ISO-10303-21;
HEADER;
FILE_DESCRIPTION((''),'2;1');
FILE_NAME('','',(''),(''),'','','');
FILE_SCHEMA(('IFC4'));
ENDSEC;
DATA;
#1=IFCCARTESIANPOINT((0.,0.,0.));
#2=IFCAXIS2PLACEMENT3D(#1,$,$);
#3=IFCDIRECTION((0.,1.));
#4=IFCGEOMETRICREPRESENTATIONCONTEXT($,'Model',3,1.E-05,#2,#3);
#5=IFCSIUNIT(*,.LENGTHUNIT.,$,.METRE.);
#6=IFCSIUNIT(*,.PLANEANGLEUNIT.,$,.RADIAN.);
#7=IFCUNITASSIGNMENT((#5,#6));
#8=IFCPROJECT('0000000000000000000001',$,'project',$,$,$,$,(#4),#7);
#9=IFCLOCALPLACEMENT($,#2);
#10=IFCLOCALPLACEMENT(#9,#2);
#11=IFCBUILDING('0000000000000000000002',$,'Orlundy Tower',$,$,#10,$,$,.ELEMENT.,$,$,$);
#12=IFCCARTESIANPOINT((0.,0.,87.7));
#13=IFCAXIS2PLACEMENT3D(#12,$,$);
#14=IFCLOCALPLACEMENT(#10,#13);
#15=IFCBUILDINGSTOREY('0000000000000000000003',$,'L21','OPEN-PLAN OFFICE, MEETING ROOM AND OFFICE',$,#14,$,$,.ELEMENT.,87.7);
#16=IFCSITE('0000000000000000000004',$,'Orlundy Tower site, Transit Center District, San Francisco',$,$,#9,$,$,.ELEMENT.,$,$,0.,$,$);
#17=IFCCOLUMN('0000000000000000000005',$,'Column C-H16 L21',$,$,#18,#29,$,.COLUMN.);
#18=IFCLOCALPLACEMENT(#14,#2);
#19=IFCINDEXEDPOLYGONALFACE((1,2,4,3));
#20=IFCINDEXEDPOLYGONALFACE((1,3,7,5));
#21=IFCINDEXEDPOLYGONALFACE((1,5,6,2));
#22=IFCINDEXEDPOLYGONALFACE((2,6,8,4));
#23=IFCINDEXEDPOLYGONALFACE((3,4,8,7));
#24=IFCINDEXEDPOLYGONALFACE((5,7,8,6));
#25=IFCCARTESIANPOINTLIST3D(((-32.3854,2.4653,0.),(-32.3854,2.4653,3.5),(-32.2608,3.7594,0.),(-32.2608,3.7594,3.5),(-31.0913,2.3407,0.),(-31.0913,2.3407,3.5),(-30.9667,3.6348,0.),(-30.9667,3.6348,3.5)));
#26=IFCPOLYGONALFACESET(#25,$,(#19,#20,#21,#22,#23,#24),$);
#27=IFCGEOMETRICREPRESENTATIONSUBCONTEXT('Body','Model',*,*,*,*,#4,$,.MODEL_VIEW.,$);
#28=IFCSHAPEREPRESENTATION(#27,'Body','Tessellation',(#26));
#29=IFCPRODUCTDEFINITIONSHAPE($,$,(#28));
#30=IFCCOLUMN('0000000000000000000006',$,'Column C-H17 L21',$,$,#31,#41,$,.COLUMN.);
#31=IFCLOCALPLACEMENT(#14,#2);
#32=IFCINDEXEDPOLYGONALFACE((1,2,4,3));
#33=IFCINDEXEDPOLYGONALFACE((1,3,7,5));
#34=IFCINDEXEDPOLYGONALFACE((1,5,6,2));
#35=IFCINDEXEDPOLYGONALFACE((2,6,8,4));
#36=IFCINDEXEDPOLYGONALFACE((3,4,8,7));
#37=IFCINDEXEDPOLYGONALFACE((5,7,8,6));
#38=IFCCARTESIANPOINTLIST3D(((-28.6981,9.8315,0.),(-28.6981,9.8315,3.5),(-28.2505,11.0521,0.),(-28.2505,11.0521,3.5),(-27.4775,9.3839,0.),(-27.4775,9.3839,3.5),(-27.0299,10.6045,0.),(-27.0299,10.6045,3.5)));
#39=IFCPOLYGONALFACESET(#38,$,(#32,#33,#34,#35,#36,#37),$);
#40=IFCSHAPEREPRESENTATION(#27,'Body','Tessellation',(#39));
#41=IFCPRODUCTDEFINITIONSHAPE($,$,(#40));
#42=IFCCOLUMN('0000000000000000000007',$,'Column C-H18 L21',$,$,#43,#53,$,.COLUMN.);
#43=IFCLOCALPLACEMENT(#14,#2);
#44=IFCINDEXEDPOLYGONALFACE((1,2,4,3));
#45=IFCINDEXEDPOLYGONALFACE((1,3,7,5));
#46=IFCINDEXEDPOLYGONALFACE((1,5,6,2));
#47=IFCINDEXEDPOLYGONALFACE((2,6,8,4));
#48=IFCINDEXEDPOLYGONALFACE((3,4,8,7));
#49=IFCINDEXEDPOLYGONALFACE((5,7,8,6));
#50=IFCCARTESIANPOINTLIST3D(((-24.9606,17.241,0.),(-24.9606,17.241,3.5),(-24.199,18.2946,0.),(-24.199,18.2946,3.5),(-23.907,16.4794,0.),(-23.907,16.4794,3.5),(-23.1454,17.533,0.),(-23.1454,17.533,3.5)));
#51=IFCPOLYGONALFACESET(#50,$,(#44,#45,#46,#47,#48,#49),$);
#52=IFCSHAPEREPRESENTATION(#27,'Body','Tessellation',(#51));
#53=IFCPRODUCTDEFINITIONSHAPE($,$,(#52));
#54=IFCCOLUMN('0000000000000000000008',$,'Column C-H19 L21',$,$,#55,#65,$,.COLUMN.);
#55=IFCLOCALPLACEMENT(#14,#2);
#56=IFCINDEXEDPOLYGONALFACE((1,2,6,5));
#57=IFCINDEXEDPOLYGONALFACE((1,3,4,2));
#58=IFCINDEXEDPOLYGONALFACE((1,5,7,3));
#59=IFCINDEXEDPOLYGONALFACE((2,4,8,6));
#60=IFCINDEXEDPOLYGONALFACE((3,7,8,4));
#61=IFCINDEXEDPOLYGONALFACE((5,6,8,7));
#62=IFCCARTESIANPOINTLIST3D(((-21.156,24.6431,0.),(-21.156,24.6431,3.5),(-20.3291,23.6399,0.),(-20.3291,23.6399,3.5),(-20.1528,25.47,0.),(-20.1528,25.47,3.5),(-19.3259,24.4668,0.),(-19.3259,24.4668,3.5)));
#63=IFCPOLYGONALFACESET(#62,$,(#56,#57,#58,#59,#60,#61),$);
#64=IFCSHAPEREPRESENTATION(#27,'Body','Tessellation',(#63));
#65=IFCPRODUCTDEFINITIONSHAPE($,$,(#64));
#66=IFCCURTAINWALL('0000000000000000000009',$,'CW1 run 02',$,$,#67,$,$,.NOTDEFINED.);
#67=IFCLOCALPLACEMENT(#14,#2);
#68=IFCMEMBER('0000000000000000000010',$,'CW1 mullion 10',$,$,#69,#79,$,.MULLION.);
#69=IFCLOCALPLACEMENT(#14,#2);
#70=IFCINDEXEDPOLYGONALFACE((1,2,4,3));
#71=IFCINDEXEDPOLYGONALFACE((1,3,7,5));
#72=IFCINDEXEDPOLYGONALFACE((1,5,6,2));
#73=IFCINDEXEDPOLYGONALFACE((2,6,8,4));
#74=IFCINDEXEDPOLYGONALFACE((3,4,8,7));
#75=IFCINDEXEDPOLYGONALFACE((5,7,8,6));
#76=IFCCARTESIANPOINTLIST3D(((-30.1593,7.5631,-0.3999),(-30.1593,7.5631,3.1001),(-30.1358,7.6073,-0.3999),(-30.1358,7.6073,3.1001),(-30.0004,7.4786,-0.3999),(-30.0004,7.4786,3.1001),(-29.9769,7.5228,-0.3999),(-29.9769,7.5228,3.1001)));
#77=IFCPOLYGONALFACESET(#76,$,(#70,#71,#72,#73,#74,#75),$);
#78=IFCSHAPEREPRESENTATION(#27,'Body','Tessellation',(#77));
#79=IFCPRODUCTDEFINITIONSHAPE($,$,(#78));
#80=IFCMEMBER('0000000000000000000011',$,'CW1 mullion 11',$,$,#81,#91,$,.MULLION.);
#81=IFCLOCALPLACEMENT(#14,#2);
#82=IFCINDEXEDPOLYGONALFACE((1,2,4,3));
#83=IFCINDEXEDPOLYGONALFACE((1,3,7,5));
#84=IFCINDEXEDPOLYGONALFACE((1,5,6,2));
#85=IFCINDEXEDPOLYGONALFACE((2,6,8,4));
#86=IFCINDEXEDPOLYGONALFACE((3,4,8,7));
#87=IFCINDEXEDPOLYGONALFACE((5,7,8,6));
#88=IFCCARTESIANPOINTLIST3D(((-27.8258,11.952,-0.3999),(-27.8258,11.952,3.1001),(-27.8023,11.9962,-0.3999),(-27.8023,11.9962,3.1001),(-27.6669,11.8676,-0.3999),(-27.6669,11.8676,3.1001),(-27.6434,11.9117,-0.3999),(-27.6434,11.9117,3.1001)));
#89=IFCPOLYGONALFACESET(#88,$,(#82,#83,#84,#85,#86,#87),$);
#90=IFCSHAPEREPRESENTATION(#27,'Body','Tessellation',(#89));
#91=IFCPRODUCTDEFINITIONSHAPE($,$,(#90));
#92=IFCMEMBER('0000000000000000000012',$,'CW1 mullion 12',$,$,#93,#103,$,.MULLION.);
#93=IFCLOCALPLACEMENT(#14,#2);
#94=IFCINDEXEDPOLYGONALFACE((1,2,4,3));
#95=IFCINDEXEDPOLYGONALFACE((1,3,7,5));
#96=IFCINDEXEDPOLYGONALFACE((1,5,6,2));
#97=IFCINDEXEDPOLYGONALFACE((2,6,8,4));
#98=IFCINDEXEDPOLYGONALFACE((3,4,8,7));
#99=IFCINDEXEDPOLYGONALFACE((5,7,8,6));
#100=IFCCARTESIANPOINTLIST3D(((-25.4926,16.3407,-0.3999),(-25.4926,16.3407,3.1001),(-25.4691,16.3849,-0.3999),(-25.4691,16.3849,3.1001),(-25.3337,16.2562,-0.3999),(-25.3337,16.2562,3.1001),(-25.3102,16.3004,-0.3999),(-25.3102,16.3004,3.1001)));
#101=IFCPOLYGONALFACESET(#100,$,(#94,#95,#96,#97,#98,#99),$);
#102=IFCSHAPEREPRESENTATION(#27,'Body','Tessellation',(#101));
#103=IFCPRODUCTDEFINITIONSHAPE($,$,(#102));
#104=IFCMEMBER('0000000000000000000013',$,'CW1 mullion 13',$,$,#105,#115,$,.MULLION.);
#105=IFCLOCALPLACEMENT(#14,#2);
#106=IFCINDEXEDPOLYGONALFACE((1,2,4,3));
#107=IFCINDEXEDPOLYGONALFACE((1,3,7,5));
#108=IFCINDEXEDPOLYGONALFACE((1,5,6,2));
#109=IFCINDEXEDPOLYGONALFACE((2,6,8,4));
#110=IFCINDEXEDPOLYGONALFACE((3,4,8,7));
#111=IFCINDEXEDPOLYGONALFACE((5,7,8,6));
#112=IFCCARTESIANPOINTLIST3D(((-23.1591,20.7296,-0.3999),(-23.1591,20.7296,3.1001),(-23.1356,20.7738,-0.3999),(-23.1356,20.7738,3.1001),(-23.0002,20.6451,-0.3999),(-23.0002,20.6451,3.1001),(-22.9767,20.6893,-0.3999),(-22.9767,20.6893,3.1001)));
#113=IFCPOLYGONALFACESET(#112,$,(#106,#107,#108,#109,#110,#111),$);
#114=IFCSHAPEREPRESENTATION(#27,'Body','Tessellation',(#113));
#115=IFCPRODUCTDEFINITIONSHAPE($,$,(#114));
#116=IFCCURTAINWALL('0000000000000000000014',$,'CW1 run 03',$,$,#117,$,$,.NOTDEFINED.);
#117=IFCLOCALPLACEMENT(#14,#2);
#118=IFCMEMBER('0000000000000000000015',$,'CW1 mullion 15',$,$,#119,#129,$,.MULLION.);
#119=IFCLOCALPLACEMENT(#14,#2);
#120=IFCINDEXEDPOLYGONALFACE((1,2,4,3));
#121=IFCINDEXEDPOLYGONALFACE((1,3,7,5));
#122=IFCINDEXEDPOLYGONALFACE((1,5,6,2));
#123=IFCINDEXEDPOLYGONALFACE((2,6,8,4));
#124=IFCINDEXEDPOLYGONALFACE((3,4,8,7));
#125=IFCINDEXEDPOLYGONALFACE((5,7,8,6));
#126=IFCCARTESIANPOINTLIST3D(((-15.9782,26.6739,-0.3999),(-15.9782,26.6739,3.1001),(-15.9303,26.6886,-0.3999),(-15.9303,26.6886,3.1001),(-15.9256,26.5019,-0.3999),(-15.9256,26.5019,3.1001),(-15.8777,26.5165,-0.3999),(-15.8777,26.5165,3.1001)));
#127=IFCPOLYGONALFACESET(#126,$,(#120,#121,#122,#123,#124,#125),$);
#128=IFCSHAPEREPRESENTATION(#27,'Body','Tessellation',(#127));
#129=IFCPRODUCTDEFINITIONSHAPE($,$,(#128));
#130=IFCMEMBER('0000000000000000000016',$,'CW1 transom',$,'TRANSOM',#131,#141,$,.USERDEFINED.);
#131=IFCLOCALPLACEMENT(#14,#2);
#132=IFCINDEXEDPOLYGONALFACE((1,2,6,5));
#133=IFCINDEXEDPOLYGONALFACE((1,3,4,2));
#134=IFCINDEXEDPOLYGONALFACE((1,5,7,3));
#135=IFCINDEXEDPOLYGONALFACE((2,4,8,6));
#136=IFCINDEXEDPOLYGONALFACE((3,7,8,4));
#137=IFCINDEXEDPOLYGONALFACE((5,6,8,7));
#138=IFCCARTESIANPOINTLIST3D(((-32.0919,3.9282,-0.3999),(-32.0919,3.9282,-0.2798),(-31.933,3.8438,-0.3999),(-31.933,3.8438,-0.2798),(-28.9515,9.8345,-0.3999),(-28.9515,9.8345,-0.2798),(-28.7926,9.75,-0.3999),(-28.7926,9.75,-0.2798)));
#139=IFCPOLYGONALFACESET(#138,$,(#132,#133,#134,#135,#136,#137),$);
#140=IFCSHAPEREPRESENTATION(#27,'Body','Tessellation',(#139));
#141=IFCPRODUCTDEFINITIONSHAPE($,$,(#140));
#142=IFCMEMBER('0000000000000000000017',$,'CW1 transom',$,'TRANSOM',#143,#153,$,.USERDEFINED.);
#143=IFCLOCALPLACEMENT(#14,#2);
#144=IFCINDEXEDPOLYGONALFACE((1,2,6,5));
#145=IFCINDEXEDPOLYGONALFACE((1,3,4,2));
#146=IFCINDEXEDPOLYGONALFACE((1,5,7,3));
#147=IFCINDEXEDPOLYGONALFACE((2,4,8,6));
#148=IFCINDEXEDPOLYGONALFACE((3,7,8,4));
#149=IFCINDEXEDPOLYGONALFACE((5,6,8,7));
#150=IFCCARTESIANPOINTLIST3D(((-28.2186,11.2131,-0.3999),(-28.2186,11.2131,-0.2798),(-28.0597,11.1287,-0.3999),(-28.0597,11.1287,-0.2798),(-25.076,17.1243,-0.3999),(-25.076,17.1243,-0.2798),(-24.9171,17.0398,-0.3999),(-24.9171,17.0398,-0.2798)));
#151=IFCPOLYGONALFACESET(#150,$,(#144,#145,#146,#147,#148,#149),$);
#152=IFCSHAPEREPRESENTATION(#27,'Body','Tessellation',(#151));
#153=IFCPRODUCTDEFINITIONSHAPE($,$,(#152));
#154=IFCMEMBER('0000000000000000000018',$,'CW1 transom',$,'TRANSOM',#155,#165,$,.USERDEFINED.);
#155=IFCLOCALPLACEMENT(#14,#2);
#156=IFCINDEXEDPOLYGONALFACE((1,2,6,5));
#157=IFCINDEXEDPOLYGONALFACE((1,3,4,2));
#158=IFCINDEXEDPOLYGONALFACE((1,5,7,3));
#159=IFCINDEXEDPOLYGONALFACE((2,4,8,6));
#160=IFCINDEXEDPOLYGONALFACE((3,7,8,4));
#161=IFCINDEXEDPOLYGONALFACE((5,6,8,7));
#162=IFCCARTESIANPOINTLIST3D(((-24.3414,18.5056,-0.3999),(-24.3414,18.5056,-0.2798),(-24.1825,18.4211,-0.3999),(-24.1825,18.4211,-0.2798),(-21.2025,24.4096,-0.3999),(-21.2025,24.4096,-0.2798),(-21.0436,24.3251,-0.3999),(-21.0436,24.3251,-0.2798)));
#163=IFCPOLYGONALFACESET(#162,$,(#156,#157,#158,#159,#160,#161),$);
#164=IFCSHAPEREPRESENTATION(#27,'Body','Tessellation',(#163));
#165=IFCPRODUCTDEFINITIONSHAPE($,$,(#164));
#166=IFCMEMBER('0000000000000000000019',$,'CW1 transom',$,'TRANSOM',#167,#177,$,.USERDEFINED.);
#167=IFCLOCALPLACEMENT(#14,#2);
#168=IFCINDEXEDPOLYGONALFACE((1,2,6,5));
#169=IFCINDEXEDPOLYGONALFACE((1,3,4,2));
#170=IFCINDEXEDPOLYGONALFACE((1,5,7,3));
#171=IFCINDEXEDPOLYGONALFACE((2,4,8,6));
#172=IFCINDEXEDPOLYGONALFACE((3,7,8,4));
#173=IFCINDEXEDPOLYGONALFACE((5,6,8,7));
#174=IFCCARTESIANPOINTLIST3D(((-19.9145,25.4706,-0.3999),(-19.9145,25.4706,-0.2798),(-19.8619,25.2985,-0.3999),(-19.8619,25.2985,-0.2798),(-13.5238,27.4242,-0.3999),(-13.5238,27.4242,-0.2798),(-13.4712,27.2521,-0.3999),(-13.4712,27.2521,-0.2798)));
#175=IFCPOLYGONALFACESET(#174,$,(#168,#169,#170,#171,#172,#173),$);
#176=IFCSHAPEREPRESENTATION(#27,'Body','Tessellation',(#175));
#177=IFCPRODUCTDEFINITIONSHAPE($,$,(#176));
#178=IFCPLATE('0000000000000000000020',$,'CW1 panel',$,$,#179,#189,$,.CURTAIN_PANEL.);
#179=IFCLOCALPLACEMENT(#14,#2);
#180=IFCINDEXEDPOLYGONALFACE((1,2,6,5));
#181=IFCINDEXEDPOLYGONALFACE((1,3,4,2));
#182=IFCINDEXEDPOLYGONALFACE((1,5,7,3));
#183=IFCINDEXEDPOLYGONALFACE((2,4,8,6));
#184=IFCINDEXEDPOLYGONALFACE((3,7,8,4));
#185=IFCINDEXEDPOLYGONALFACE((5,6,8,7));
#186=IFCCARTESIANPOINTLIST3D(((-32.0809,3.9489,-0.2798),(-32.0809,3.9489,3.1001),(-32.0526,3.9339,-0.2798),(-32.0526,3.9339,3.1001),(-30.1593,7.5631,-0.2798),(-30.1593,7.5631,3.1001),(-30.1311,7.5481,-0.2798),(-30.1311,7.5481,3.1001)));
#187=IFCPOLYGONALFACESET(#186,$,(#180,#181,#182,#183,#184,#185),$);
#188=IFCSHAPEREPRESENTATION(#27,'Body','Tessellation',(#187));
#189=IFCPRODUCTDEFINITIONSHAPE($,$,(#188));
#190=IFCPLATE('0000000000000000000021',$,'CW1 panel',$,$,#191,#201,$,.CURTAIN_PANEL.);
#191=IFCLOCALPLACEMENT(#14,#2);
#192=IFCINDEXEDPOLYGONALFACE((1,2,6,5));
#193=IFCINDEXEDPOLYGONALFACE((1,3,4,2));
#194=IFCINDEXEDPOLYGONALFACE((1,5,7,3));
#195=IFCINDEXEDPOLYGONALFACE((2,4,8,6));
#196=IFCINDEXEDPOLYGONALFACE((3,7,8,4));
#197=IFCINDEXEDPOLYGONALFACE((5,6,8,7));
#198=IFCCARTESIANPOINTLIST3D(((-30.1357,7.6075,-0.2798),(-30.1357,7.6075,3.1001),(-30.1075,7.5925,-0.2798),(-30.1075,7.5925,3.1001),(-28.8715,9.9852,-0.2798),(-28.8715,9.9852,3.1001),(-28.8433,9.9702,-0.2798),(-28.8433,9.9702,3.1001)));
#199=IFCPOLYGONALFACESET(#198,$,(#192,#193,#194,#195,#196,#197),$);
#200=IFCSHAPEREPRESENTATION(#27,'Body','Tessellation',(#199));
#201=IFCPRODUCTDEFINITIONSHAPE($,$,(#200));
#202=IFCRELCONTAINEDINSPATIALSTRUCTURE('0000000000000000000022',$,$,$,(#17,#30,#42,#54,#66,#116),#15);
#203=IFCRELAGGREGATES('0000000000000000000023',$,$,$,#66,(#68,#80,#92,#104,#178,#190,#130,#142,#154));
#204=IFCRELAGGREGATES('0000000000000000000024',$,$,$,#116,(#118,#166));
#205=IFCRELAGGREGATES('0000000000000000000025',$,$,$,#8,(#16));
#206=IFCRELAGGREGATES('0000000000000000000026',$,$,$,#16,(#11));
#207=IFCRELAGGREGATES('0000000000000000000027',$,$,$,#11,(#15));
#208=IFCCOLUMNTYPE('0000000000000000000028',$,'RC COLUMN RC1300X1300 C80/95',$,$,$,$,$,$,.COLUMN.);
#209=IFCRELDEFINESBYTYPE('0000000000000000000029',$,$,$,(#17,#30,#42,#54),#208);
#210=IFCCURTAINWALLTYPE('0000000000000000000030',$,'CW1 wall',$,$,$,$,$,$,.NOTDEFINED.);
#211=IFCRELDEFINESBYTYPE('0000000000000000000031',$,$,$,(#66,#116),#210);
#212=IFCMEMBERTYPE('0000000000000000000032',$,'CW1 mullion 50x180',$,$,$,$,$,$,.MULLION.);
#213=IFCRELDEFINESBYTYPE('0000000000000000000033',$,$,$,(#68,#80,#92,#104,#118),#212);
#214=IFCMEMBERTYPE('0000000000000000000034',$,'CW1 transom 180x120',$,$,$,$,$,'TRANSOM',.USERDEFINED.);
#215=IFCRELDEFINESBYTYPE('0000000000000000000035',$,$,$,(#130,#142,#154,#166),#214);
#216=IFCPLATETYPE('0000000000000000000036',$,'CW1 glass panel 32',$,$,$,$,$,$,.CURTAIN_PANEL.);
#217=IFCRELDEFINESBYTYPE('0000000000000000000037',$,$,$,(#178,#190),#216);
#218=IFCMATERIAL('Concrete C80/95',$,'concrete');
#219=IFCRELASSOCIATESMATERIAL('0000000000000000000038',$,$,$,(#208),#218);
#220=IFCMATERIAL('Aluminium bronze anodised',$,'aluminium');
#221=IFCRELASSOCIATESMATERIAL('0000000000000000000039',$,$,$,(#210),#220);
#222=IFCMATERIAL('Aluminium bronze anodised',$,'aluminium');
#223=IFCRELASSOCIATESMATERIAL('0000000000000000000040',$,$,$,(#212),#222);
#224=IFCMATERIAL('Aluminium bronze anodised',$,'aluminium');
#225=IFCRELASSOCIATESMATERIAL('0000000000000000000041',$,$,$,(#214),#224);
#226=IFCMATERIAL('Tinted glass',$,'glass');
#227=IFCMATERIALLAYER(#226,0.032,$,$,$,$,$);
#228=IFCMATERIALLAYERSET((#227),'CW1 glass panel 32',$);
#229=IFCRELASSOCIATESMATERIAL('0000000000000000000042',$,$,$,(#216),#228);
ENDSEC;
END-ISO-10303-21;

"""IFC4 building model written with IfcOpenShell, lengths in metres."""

from ifc_helpers import new_model, si_unit, direction, frame, origin, origin_2d, place, context, subcontext, project, spatial, rectangle, extrude, material, layer, layer_set, material_profile, profile_set, type_object, element, aggregate, save


model = new_model("IFC4")

# Units and contexts
model_context = context("Model", 3, precision=1e-05, world=origin(), true_north=direction((0.0, 1.0)))
body_context = subcontext(model_context, "Body", "Model", "MODEL_VIEW")
ifc_project = project(units=[si_unit("LENGTHUNIT", "METRE"), si_unit("PLANEANGLEUNIT", "RADIAN")], contexts=[model_context])

# Site, building, storey
site_placement = place(None, origin())
site = spatial("IfcSite", under=ifc_project, at=site_placement, Name="Orlundy Tower site, Transit Center District, San Francisco", CompositionType="ELEMENT", RefElevation=0.0)
building_placement = place(site_placement, origin())
building = spatial("IfcBuilding", under=site, at=building_placement, Name="Orlundy Tower", CompositionType="ELEMENT")
storey_placement = place(building_placement, frame((0.0, 0.0, 87.7)))
storey = spatial("IfcBuildingStorey", under=building, at=storey_placement, Name="L21", Description="OPEN-PLAN OFFICE, MEETING ROOM AND OFFICE", CompositionType="ELEMENT", Elevation=87.7)

# Columns
ifc_material_1 = material(Name="Concrete C80/95", Category="concrete")
ifc_material_profile_1 = material_profile(ifc_material_1, rectangle(XDim=1.3, YDim=1.3, at=origin_2d()), Name="RC1300X1300")
ifc_profile_set_1 = profile_set([ifc_material_profile_1], Name="Concrete C80/95")
column_type = type_object("IfcColumnType", Name="RC COLUMN RC1300X1300 C80/95", PredefinedType="COLUMN", material=ifc_profile_set_1)
for number, where, z_axis, x_axis, name in (
    (1, (-31.676, 3.05, 0.0), (0.0, 0.0, 1.0), (-0.995396, 0.095846, 0.0), "Column C-H16 L21"),
    (2, (-27.864, 10.218, 0.0), (0.0, 0.0, 1.0), (-0.938866, 0.344282, 0.0), "Column C-H17 L21"),
    (3, (-24.053, 17.387, 0.0), (0.0, 0.0, 1.0), (-0.81043, 0.585835, 0.0), "Column C-H18 L21"),
    (4, (-20.241, 24.5549, 0.0), (0.0, 0.0, 1.0), (-0.636065, 0.771636, 0.0), "Column C-H19 L21"),
):
    element("IfcColumn", number, at=place(storey_placement, frame(where, z_axis=z_axis, x_axis=x_axis)), inside=storey, type_object=column_type, Name=name, PredefinedType="COLUMN", context=body_context, shape_type="SweptSolid", body=[
        extrude(rectangle(XDim=1.3, YDim=1.3, at=origin_2d()), origin(), (0.0, 0.0, 1.0), 3.5),
    ])

# Curtain wall, members
ifc_material_2 = material(Name="Aluminium bronze anodised", Category="aluminium")
curtain_wall_type = type_object("IfcCurtainWallType", Name="CW1 wall", PredefinedType="NOTDEFINED", material=ifc_material_2)
curtain_wall_1_placement = place(storey_placement, origin())
curtain_wall_1 = element("IfcCurtainWall", 5, at=curtain_wall_1_placement, inside=storey, type_object=curtain_wall_type, Name="CW1 run 02", PredefinedType="NOTDEFINED")
ifc_material_3 = material(Name="Aluminium bronze anodised", Category="aluminium")
ifc_material_profile_2 = material_profile(ifc_material_3, rectangle(XDim=0.1799, YDim=0.05, at=origin_2d()), Name="CW1 mullion 50x180")
ifc_profile_set_2 = profile_set([ifc_material_profile_2], Name="Aluminium bronze anodised")
member_type_1 = type_object("IfcMemberType", Name="CW1 mullion 50x180", PredefinedType="MULLION", material=ifc_profile_set_2)
member_1_placement = place(storey_placement, frame((-30.0681, 7.543, -0.3999), z_axis=(0.0, 0.0, 1.0), x_axis=(-0.882961, 0.469445, 0.0)))
member_1 = element("IfcMember", 6, at=member_1_placement, type_object=member_type_1, Name="CW1 mullion 10", PredefinedType="MULLION", context=body_context, shape_type="SweptSolid", body=[
    extrude(rectangle(XDim=0.1799, YDim=0.05, at=origin_2d()), origin(), (0.0, 0.0, 1.0), 3.5),
])
member_2_placement = place(storey_placement, frame((-27.7346, 11.9319, -0.3999), z_axis=(0.0, 0.0, 1.0), x_axis=(-0.882961, 0.469445, 0.0)))
member_2 = element("IfcMember", 7, at=member_2_placement, type_object=member_type_1, Name="CW1 mullion 11", PredefinedType="MULLION", context=body_context, shape_type="SweptSolid", body=[
    extrude(rectangle(XDim=0.1799, YDim=0.05, at=origin_2d()), origin(), (0.0, 0.0, 1.0), 3.5),
])
member_3_placement = place(storey_placement, frame((-25.4014, 16.3206, -0.3999), z_axis=(0.0, 0.0, 1.0), x_axis=(-0.882961, 0.469445, 0.0)))
member_3 = element("IfcMember", 8, at=member_3_placement, type_object=member_type_1, Name="CW1 mullion 12", PredefinedType="MULLION", context=body_context, shape_type="SweptSolid", body=[
    extrude(rectangle(XDim=0.1799, YDim=0.05, at=origin_2d()), origin(), (0.0, 0.0, 1.0), 3.5),
])
member_4_placement = place(storey_placement, frame((-23.0679, 20.7095, -0.3999), z_axis=(0.0, 0.0, 1.0), x_axis=(-0.882961, 0.469445, 0.0)))
member_4 = element("IfcMember", 9, at=member_4_placement, type_object=member_type_1, Name="CW1 mullion 13", PredefinedType="MULLION", context=body_context, shape_type="SweptSolid", body=[
    extrude(rectangle(XDim=0.1799, YDim=0.05, at=origin_2d()), origin(), (0.0, 0.0, 1.0), 3.5),
])

# Curtain wall, member
curtain_wall_2_placement = place(storey_placement, origin())
curtain_wall_2 = element("IfcCurtainWall", 10, at=curtain_wall_2_placement, inside=storey, type_object=curtain_wall_type, Name="CW1 run 03", PredefinedType="NOTDEFINED")
member_5_placement = place(storey_placement, frame((-15.928, 26.5952, -0.3999), z_axis=(0.0, 0.0, 1.0), x_axis=(-0.292361, 0.956308, 0.0)))
member_5 = element("IfcMember", 11, at=member_5_placement, type_object=member_type_1, Name="CW1 mullion 15", PredefinedType="MULLION", context=body_context, shape_type="SweptSolid", body=[
    extrude(rectangle(XDim=0.1799, YDim=0.05, at=origin_2d()), origin(), (0.0, 0.0, 1.0), 3.5),
])

# Members
ifc_material_4 = material(Name="Aluminium bronze anodised", Category="aluminium")
ifc_material_profile_3 = material_profile(ifc_material_4, rectangle(XDim=0.1799, YDim=0.1201, at=origin_2d()), Name="CW1 transom 180x120")
ifc_profile_set_3 = profile_set([ifc_material_profile_3], Name="Aluminium bronze anodised")
member_type_2 = type_object("IfcMemberType", Name="CW1 transom 180x120", ElementType="TRANSOM", PredefinedType="USERDEFINED", material=ifc_profile_set_3)
member_6_placement = place(storey_placement, frame((-32.0125, 3.886, -0.3398), z_axis=(0.469468, 0.882949, 0.0), x_axis=(-0.882949, 0.469468, 0.0)))
member_6 = element("IfcMember", 12, at=member_6_placement, type_object=member_type_2, Name="CW1 transom", ObjectType="TRANSOM", PredefinedType="USERDEFINED", context=body_context, shape_type="SweptSolid", body=[
    extrude(rectangle(XDim=0.1799, YDim=0.1201, at=origin_2d()), origin(), (0.0, 0.0, 1.0), 6.6892),
])
member_7_placement = place(storey_placement, frame((-28.1392, 11.1709, -0.3398), z_axis=(0.469422, 0.882974, 0.0), x_axis=(-0.882974, 0.469422, 0.0)))
member_7 = element("IfcMember", 13, at=member_7_placement, type_object=member_type_2, Name="CW1 transom", ObjectType="TRANSOM", PredefinedType="USERDEFINED", context=body_context, shape_type="SweptSolid", body=[
    extrude(rectangle(XDim=0.1799, YDim=0.1201, at=origin_2d()), origin(), (0.0, 0.0, 1.0), 6.6946),
])
member_8_placement = place(storey_placement, frame((-24.262, 18.4634, -0.3398), z_axis=(0.469434, 0.882968, 0.0), x_axis=(-0.882968, 0.469434, 0.0)))
member_8 = element("IfcMember", 14, at=member_8_placement, type_object=member_type_2, Name="CW1 transom", ObjectType="TRANSOM", PredefinedType="USERDEFINED", context=body_context, shape_type="SweptSolid", body=[
    extrude(rectangle(XDim=0.1799, YDim=0.1201, at=origin_2d()), origin(), (0.0, 0.0, 1.0), 6.6865),
])
member_9_placement = place(storey_placement, frame((-19.8882, 25.3845, -0.3398), z_axis=(0.956313, 0.292345, 0.0), x_axis=(-0.292345, 0.956313, 0.0)))
member_9 = element("IfcMember", 15, at=member_9_placement, type_object=member_type_2, Name="CW1 transom", ObjectType="TRANSOM", PredefinedType="USERDEFINED", context=body_context, shape_type="SweptSolid", body=[
    extrude(rectangle(XDim=0.1799, YDim=0.1201, at=origin_2d()), origin(), (0.0, 0.0, 1.0), 6.6826),
])

# Plates
ifc_material_5 = material(Name="Tinted glass", Category="glass")
ifc_layer_1 = layer(ifc_material_5, 0.032)
ifc_layer_set_1 = layer_set([ifc_layer_1], Name="CW1 glass panel 32")
plate_type = type_object("IfcPlateType", Name="CW1 glass panel 32", PredefinedType="CURTAIN_PANEL", material=ifc_layer_set_1)
plate_1_placement = place(storey_placement, frame((-31.106, 5.7485, -0.2798), z_axis=(0.0, 0.0, 1.0), x_axis=(0.469445, 0.882961, 0.0)))
plate_1 = element("IfcPlate", 16, at=plate_1_placement, type_object=plate_type, Name="CW1 panel", PredefinedType="CURTAIN_PANEL", context=body_context, shape_type="SweptSolid", body=[
    extrude(rectangle(XDim=4.0933, YDim=0.032, at=origin_2d()), origin(), (0.0, 0.0, 1.0), 3.3799),
])
plate_2_placement = place(storey_placement, frame((-29.4895, 8.7888, -0.2798), z_axis=(0.0, 0.0, 1.0), x_axis=(0.469445, 0.882961, 0.0)))
plate_2 = element("IfcPlate", 17, at=plate_2_placement, type_object=plate_type, Name="CW1 panel", PredefinedType="CURTAIN_PANEL", context=body_context, shape_type="SweptSolid", body=[
    extrude(rectangle(XDim=2.6929, YDim=0.032, at=origin_2d()), origin(), (0.0, 0.0, 1.0), 3.3799),
])
aggregate(curtain_wall_1, [member_1, member_2, member_3, member_4, plate_1, plate_2, member_6, member_7, member_8])
aggregate(curtain_wall_2, [member_5, member_9])

save(model, "model.ifc")
